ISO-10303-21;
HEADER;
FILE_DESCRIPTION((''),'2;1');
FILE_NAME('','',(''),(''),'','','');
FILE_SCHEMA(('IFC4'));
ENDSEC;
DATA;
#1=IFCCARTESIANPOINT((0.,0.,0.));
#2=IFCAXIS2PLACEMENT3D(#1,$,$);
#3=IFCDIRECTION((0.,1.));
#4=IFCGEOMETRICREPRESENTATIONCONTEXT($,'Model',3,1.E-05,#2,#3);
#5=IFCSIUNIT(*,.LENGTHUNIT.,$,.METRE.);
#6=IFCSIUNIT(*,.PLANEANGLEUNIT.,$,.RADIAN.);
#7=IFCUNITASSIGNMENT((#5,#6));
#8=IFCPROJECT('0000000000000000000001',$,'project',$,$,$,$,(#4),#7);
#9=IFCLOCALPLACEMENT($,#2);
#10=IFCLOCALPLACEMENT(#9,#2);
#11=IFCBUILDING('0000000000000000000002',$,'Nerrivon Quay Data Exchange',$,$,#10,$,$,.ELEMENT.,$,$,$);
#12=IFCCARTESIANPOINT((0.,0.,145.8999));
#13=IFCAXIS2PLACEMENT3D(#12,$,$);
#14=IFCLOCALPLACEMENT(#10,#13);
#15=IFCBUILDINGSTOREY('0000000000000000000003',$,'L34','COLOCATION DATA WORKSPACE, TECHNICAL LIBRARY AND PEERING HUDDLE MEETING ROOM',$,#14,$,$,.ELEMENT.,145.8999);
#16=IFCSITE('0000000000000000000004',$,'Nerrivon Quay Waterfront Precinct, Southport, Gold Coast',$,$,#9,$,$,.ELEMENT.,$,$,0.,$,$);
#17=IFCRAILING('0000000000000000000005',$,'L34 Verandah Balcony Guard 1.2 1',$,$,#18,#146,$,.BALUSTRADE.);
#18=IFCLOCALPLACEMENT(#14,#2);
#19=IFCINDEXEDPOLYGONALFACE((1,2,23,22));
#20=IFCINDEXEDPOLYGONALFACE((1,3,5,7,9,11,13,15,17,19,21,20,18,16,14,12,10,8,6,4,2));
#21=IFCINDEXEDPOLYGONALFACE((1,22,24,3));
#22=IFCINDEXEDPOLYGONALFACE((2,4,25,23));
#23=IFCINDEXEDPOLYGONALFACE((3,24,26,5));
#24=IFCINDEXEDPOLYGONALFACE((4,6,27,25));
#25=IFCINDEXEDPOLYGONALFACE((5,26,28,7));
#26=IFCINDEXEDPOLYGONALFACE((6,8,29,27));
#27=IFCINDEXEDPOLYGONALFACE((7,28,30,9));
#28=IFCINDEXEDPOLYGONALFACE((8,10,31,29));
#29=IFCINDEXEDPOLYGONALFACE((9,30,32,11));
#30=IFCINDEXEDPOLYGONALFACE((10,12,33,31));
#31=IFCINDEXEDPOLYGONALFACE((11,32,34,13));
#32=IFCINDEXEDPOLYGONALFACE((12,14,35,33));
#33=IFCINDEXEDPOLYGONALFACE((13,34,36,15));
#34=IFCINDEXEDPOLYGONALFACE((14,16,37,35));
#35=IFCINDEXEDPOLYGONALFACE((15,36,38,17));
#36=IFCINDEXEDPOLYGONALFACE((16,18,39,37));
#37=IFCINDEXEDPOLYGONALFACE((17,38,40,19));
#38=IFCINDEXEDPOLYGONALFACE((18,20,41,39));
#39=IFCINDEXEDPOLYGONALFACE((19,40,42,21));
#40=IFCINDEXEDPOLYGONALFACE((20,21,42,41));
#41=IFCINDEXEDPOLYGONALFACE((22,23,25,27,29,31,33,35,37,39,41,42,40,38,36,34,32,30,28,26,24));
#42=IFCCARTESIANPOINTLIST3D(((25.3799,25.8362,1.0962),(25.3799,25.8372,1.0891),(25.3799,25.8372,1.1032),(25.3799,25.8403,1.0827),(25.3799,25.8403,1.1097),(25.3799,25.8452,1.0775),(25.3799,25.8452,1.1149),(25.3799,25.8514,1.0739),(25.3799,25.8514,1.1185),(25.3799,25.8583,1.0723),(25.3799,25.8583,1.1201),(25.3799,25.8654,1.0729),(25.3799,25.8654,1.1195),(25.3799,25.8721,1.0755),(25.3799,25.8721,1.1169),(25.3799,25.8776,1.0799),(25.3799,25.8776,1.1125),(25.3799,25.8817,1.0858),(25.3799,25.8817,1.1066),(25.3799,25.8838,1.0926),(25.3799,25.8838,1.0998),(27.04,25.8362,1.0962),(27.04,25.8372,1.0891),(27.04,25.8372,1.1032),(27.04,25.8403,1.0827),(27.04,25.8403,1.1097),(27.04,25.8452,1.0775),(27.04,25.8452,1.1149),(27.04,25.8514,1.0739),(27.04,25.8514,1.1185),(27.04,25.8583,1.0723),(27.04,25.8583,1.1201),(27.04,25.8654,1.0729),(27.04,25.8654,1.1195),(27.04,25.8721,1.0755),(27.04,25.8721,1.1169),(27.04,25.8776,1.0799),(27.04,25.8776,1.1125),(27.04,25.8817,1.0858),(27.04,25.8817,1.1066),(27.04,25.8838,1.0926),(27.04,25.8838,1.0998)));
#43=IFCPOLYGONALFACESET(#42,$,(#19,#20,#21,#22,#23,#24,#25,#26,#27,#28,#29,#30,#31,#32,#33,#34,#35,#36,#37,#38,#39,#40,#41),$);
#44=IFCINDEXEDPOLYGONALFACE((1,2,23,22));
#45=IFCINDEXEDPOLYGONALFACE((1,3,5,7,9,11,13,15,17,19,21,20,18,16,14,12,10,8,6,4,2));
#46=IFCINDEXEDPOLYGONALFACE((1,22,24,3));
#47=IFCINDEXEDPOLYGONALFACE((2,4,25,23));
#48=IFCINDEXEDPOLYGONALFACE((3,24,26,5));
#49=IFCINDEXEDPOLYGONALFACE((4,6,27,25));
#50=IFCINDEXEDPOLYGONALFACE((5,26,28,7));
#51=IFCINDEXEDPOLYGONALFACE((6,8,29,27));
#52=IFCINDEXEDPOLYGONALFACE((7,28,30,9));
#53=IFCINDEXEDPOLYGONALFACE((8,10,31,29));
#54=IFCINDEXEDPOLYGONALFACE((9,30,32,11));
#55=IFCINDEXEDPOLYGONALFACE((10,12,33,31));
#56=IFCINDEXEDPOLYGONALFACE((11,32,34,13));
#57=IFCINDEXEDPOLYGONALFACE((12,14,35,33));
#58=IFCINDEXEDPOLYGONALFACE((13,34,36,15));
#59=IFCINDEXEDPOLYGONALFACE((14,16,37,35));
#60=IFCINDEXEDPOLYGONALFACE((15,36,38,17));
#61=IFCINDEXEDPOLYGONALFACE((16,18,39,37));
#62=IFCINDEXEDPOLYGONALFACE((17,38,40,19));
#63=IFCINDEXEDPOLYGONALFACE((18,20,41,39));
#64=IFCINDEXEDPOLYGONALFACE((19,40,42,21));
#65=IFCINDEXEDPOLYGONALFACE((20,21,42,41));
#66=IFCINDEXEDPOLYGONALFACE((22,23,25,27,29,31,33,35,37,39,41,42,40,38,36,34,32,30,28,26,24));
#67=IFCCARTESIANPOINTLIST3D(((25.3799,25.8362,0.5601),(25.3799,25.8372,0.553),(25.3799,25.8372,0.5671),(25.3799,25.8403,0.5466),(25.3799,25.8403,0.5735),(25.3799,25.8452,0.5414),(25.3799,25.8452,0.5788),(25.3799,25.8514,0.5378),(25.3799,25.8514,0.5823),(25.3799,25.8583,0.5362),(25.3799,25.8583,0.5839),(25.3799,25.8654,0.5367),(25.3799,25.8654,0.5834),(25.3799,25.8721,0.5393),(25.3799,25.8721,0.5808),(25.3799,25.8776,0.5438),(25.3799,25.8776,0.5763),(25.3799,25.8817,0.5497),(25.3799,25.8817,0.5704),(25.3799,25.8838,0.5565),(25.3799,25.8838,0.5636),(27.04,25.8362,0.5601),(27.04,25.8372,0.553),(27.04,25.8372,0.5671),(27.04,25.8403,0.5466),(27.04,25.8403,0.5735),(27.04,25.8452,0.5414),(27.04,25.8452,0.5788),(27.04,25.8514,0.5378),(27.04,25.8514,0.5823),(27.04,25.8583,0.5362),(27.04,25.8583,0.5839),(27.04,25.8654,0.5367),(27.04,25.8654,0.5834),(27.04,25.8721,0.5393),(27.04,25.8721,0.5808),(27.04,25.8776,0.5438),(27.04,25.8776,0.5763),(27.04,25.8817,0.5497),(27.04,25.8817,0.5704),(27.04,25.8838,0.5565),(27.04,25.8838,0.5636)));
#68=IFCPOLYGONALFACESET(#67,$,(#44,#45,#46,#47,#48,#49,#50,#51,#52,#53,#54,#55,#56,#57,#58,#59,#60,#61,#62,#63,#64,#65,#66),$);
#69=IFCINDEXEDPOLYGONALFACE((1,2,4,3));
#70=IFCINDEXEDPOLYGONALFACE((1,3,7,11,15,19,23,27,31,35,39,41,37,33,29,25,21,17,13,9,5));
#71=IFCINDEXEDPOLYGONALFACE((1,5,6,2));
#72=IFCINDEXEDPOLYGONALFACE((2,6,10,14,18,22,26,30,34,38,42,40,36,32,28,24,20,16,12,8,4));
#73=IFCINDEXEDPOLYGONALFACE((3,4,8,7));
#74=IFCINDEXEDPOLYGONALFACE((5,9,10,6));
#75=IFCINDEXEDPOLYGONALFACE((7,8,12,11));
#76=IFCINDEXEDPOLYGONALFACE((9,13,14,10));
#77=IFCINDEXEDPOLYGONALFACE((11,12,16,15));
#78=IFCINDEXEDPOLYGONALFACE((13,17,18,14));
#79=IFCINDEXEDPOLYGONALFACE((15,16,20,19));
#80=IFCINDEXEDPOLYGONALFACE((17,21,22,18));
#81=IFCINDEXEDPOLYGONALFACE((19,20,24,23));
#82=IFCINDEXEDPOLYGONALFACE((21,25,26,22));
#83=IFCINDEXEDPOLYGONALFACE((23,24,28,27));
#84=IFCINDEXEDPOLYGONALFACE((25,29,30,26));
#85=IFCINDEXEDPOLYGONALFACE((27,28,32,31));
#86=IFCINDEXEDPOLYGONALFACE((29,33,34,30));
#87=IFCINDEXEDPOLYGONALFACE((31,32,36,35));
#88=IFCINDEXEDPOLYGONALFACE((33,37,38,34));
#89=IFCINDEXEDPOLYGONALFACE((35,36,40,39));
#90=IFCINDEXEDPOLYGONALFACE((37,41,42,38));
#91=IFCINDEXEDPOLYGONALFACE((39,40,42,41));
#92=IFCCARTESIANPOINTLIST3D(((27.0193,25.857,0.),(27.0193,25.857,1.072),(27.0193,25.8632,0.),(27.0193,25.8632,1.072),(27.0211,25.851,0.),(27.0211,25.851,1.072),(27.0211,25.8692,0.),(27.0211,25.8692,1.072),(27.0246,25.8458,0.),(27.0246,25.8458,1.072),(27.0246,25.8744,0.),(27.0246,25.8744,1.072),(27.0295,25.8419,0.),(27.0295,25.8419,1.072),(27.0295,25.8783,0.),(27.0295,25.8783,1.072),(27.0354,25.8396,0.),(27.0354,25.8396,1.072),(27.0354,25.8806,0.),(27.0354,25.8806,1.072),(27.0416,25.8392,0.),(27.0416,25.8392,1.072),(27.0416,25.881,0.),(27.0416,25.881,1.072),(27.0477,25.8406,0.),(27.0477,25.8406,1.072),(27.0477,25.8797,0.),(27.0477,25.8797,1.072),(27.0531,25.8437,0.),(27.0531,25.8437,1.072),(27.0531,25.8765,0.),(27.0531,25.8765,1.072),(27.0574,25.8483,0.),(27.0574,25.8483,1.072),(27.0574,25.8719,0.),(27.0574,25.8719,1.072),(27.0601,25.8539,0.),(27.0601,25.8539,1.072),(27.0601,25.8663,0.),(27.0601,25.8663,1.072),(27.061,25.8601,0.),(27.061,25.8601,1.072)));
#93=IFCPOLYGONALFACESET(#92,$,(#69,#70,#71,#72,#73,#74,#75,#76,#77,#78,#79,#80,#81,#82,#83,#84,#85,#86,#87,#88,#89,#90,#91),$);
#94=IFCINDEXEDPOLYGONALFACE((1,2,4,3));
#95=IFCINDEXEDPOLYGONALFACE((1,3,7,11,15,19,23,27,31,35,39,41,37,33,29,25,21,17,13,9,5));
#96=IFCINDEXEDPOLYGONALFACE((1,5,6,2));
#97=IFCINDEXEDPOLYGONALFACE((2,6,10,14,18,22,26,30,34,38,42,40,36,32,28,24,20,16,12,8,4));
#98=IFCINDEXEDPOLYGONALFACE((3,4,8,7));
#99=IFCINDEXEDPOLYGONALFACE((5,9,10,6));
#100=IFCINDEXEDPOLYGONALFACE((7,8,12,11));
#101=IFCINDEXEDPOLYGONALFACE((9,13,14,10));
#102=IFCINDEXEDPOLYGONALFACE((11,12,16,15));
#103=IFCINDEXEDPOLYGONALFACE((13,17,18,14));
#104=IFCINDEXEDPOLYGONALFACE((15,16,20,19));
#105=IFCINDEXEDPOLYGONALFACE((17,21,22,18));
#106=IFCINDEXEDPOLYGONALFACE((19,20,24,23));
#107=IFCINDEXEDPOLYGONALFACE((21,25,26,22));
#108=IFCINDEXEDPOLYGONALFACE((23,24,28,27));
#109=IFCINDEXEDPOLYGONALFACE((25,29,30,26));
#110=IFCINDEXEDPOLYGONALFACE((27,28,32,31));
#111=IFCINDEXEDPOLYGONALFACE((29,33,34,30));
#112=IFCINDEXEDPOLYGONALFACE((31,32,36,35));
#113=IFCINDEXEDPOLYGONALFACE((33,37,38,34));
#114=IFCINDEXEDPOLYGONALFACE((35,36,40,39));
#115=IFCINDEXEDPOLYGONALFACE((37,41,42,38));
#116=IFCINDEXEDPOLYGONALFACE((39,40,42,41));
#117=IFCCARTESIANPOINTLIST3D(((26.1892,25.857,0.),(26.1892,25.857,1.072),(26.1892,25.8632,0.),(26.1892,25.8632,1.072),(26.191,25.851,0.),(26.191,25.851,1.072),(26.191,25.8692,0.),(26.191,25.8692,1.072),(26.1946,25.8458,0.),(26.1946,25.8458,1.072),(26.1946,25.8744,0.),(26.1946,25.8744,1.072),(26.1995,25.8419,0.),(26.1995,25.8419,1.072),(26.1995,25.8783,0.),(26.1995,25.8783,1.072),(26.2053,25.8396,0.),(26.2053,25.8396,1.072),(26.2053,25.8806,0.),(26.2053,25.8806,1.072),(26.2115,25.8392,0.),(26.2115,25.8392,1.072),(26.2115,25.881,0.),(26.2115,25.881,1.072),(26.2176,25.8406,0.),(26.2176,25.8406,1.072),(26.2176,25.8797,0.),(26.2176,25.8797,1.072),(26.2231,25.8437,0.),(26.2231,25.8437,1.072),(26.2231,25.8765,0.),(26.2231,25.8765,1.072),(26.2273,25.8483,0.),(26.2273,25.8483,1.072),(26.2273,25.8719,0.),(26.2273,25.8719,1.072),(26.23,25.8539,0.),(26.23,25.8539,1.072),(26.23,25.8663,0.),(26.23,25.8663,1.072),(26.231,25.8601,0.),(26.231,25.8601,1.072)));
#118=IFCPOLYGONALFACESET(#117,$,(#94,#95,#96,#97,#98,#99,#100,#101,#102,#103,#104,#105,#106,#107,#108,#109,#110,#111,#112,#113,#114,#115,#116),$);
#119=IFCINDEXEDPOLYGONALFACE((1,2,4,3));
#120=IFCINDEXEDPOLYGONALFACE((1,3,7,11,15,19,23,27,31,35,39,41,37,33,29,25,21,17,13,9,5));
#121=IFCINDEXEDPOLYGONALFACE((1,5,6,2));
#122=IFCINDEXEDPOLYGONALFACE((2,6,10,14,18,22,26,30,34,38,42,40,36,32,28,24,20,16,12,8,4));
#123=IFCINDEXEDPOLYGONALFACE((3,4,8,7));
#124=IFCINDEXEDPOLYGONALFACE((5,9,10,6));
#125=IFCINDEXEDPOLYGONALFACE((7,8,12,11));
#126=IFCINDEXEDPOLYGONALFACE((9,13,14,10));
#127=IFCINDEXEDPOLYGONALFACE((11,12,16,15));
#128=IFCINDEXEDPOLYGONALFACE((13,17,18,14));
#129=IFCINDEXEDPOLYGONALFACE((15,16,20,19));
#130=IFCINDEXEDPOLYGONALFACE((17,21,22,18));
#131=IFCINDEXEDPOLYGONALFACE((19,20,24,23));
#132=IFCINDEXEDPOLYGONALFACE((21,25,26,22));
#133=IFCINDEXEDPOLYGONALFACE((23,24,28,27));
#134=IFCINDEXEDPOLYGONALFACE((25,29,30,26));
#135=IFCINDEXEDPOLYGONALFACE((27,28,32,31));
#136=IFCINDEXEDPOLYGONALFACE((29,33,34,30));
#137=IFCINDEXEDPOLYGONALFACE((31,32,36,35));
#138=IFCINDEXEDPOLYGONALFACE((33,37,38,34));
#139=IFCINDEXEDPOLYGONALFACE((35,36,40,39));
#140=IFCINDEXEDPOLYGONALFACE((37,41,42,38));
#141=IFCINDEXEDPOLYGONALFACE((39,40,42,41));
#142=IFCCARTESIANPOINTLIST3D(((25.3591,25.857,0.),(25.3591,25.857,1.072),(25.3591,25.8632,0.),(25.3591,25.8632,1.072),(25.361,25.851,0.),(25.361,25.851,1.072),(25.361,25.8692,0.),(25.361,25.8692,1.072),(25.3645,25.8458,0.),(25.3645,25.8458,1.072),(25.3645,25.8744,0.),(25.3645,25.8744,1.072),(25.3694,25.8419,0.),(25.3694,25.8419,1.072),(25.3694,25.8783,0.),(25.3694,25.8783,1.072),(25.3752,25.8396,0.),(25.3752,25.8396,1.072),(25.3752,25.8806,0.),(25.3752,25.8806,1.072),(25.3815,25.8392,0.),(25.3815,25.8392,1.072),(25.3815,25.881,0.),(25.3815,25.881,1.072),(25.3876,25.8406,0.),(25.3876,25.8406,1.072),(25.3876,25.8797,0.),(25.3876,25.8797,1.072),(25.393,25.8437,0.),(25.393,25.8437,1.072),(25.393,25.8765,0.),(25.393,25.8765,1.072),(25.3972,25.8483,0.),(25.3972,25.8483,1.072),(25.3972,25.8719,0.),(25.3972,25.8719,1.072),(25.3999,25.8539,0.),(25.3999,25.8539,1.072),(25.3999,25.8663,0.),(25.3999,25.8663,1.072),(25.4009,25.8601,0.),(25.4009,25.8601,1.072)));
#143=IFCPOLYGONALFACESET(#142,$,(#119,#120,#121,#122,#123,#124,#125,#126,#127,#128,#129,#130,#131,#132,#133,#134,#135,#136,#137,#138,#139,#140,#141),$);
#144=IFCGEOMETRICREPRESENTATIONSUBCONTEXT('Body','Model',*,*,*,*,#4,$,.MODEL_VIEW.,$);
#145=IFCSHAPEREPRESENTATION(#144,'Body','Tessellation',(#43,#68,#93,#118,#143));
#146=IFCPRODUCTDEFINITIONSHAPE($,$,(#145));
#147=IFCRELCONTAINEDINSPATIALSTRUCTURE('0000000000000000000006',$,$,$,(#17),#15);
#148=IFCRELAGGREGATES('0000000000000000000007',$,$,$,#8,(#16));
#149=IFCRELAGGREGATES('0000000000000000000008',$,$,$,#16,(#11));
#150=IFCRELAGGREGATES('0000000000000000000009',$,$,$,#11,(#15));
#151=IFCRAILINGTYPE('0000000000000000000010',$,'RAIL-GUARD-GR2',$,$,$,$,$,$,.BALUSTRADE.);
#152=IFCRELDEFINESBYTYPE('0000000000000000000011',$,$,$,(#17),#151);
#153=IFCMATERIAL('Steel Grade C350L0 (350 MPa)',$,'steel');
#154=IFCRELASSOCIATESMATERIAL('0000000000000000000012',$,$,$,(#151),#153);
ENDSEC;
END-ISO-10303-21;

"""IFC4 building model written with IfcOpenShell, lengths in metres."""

from ifc_helpers import new_model, si_unit, direction, frame, origin, origin_2d, place, context, subcontext, project, spatial, circle, extrude, material, type_object, element, save


model = new_model("IFC4")

# Units and contexts
model_context = context("Model", 3, precision=1e-05, world=origin(), true_north=direction((0.0, 1.0)))
body_context = subcontext(model_context, "Body", "Model", "MODEL_VIEW")
ifc_project = project(units=[si_unit("LENGTHUNIT", "METRE"), si_unit("PLANEANGLEUNIT", "RADIAN")], contexts=[model_context])

# Site, building, storey
site_placement = place(None, origin())
site = spatial("IfcSite", under=ifc_project, at=site_placement, Name="Nerrivon Quay Waterfront Precinct, Southport, Gold Coast", CompositionType="ELEMENT", RefElevation=0.0)
building_placement = place(site_placement, origin())
building = spatial("IfcBuilding", under=site, at=building_placement, Name="Nerrivon Quay Data Exchange", CompositionType="ELEMENT")
storey_placement = place(building_placement, frame((0.0, 0.0, 145.8999)))
storey = spatial("IfcBuildingStorey", under=building, at=storey_placement, Name="L34", Description="COLOCATION DATA WORKSPACE, TECHNICAL LIBRARY AND PEERING HUDDLE MEETING ROOM", CompositionType="ELEMENT", Elevation=145.8999)

# Railing
ifc_material_1 = material(Name="Steel Grade C350L0 (350 MPa)", Category="steel")
railing_type = type_object("IfcRailingType", Name="RAIL-GUARD-GR2", PredefinedType="BALUSTRADE", material=ifc_material_1)
railing_1_placement = place(storey_placement, frame((27.04, 25.8601, 0.0)))
element("IfcRailing", 1, at=railing_1_placement, inside=storey, type_object=railing_type, Name="L34 Verandah Balcony Guard 1.2 1", PredefinedType="BALUSTRADE", context=body_context, shape_type="SweptSolid", body=[
    extrude(circle(Radius=0.0239, at=origin_2d()), frame((0.0, 0.0, 1.0962), z_axis=(-1.0, 0.0, 0.0), x_axis=(0.0, -1.0, 0.0)), (0.0, 0.0, 1.0), 1.6602),
    extrude(circle(Radius=0.0239, at=origin_2d()), frame((0.0, 0.0, 0.5601), z_axis=(-1.0, 0.0, 0.0), x_axis=(0.0, -1.0, 0.0)), (0.0, 0.0, 1.0), 1.6602),
    extrude(circle(Radius=0.021, at=origin_2d()), origin(), (0.0, 0.0, 1.0), 1.072),
    extrude(circle(Radius=0.021, at=origin_2d()), frame((-0.8301, 0.0, 0.0)), (0.0, 0.0, 1.0), 1.072),
    extrude(circle(Radius=0.021, at=origin_2d()), frame((-1.6602, 0.0, 0.0)), (0.0, 0.0, 1.0), 1.072),
])

save(model, "model.ifc")
